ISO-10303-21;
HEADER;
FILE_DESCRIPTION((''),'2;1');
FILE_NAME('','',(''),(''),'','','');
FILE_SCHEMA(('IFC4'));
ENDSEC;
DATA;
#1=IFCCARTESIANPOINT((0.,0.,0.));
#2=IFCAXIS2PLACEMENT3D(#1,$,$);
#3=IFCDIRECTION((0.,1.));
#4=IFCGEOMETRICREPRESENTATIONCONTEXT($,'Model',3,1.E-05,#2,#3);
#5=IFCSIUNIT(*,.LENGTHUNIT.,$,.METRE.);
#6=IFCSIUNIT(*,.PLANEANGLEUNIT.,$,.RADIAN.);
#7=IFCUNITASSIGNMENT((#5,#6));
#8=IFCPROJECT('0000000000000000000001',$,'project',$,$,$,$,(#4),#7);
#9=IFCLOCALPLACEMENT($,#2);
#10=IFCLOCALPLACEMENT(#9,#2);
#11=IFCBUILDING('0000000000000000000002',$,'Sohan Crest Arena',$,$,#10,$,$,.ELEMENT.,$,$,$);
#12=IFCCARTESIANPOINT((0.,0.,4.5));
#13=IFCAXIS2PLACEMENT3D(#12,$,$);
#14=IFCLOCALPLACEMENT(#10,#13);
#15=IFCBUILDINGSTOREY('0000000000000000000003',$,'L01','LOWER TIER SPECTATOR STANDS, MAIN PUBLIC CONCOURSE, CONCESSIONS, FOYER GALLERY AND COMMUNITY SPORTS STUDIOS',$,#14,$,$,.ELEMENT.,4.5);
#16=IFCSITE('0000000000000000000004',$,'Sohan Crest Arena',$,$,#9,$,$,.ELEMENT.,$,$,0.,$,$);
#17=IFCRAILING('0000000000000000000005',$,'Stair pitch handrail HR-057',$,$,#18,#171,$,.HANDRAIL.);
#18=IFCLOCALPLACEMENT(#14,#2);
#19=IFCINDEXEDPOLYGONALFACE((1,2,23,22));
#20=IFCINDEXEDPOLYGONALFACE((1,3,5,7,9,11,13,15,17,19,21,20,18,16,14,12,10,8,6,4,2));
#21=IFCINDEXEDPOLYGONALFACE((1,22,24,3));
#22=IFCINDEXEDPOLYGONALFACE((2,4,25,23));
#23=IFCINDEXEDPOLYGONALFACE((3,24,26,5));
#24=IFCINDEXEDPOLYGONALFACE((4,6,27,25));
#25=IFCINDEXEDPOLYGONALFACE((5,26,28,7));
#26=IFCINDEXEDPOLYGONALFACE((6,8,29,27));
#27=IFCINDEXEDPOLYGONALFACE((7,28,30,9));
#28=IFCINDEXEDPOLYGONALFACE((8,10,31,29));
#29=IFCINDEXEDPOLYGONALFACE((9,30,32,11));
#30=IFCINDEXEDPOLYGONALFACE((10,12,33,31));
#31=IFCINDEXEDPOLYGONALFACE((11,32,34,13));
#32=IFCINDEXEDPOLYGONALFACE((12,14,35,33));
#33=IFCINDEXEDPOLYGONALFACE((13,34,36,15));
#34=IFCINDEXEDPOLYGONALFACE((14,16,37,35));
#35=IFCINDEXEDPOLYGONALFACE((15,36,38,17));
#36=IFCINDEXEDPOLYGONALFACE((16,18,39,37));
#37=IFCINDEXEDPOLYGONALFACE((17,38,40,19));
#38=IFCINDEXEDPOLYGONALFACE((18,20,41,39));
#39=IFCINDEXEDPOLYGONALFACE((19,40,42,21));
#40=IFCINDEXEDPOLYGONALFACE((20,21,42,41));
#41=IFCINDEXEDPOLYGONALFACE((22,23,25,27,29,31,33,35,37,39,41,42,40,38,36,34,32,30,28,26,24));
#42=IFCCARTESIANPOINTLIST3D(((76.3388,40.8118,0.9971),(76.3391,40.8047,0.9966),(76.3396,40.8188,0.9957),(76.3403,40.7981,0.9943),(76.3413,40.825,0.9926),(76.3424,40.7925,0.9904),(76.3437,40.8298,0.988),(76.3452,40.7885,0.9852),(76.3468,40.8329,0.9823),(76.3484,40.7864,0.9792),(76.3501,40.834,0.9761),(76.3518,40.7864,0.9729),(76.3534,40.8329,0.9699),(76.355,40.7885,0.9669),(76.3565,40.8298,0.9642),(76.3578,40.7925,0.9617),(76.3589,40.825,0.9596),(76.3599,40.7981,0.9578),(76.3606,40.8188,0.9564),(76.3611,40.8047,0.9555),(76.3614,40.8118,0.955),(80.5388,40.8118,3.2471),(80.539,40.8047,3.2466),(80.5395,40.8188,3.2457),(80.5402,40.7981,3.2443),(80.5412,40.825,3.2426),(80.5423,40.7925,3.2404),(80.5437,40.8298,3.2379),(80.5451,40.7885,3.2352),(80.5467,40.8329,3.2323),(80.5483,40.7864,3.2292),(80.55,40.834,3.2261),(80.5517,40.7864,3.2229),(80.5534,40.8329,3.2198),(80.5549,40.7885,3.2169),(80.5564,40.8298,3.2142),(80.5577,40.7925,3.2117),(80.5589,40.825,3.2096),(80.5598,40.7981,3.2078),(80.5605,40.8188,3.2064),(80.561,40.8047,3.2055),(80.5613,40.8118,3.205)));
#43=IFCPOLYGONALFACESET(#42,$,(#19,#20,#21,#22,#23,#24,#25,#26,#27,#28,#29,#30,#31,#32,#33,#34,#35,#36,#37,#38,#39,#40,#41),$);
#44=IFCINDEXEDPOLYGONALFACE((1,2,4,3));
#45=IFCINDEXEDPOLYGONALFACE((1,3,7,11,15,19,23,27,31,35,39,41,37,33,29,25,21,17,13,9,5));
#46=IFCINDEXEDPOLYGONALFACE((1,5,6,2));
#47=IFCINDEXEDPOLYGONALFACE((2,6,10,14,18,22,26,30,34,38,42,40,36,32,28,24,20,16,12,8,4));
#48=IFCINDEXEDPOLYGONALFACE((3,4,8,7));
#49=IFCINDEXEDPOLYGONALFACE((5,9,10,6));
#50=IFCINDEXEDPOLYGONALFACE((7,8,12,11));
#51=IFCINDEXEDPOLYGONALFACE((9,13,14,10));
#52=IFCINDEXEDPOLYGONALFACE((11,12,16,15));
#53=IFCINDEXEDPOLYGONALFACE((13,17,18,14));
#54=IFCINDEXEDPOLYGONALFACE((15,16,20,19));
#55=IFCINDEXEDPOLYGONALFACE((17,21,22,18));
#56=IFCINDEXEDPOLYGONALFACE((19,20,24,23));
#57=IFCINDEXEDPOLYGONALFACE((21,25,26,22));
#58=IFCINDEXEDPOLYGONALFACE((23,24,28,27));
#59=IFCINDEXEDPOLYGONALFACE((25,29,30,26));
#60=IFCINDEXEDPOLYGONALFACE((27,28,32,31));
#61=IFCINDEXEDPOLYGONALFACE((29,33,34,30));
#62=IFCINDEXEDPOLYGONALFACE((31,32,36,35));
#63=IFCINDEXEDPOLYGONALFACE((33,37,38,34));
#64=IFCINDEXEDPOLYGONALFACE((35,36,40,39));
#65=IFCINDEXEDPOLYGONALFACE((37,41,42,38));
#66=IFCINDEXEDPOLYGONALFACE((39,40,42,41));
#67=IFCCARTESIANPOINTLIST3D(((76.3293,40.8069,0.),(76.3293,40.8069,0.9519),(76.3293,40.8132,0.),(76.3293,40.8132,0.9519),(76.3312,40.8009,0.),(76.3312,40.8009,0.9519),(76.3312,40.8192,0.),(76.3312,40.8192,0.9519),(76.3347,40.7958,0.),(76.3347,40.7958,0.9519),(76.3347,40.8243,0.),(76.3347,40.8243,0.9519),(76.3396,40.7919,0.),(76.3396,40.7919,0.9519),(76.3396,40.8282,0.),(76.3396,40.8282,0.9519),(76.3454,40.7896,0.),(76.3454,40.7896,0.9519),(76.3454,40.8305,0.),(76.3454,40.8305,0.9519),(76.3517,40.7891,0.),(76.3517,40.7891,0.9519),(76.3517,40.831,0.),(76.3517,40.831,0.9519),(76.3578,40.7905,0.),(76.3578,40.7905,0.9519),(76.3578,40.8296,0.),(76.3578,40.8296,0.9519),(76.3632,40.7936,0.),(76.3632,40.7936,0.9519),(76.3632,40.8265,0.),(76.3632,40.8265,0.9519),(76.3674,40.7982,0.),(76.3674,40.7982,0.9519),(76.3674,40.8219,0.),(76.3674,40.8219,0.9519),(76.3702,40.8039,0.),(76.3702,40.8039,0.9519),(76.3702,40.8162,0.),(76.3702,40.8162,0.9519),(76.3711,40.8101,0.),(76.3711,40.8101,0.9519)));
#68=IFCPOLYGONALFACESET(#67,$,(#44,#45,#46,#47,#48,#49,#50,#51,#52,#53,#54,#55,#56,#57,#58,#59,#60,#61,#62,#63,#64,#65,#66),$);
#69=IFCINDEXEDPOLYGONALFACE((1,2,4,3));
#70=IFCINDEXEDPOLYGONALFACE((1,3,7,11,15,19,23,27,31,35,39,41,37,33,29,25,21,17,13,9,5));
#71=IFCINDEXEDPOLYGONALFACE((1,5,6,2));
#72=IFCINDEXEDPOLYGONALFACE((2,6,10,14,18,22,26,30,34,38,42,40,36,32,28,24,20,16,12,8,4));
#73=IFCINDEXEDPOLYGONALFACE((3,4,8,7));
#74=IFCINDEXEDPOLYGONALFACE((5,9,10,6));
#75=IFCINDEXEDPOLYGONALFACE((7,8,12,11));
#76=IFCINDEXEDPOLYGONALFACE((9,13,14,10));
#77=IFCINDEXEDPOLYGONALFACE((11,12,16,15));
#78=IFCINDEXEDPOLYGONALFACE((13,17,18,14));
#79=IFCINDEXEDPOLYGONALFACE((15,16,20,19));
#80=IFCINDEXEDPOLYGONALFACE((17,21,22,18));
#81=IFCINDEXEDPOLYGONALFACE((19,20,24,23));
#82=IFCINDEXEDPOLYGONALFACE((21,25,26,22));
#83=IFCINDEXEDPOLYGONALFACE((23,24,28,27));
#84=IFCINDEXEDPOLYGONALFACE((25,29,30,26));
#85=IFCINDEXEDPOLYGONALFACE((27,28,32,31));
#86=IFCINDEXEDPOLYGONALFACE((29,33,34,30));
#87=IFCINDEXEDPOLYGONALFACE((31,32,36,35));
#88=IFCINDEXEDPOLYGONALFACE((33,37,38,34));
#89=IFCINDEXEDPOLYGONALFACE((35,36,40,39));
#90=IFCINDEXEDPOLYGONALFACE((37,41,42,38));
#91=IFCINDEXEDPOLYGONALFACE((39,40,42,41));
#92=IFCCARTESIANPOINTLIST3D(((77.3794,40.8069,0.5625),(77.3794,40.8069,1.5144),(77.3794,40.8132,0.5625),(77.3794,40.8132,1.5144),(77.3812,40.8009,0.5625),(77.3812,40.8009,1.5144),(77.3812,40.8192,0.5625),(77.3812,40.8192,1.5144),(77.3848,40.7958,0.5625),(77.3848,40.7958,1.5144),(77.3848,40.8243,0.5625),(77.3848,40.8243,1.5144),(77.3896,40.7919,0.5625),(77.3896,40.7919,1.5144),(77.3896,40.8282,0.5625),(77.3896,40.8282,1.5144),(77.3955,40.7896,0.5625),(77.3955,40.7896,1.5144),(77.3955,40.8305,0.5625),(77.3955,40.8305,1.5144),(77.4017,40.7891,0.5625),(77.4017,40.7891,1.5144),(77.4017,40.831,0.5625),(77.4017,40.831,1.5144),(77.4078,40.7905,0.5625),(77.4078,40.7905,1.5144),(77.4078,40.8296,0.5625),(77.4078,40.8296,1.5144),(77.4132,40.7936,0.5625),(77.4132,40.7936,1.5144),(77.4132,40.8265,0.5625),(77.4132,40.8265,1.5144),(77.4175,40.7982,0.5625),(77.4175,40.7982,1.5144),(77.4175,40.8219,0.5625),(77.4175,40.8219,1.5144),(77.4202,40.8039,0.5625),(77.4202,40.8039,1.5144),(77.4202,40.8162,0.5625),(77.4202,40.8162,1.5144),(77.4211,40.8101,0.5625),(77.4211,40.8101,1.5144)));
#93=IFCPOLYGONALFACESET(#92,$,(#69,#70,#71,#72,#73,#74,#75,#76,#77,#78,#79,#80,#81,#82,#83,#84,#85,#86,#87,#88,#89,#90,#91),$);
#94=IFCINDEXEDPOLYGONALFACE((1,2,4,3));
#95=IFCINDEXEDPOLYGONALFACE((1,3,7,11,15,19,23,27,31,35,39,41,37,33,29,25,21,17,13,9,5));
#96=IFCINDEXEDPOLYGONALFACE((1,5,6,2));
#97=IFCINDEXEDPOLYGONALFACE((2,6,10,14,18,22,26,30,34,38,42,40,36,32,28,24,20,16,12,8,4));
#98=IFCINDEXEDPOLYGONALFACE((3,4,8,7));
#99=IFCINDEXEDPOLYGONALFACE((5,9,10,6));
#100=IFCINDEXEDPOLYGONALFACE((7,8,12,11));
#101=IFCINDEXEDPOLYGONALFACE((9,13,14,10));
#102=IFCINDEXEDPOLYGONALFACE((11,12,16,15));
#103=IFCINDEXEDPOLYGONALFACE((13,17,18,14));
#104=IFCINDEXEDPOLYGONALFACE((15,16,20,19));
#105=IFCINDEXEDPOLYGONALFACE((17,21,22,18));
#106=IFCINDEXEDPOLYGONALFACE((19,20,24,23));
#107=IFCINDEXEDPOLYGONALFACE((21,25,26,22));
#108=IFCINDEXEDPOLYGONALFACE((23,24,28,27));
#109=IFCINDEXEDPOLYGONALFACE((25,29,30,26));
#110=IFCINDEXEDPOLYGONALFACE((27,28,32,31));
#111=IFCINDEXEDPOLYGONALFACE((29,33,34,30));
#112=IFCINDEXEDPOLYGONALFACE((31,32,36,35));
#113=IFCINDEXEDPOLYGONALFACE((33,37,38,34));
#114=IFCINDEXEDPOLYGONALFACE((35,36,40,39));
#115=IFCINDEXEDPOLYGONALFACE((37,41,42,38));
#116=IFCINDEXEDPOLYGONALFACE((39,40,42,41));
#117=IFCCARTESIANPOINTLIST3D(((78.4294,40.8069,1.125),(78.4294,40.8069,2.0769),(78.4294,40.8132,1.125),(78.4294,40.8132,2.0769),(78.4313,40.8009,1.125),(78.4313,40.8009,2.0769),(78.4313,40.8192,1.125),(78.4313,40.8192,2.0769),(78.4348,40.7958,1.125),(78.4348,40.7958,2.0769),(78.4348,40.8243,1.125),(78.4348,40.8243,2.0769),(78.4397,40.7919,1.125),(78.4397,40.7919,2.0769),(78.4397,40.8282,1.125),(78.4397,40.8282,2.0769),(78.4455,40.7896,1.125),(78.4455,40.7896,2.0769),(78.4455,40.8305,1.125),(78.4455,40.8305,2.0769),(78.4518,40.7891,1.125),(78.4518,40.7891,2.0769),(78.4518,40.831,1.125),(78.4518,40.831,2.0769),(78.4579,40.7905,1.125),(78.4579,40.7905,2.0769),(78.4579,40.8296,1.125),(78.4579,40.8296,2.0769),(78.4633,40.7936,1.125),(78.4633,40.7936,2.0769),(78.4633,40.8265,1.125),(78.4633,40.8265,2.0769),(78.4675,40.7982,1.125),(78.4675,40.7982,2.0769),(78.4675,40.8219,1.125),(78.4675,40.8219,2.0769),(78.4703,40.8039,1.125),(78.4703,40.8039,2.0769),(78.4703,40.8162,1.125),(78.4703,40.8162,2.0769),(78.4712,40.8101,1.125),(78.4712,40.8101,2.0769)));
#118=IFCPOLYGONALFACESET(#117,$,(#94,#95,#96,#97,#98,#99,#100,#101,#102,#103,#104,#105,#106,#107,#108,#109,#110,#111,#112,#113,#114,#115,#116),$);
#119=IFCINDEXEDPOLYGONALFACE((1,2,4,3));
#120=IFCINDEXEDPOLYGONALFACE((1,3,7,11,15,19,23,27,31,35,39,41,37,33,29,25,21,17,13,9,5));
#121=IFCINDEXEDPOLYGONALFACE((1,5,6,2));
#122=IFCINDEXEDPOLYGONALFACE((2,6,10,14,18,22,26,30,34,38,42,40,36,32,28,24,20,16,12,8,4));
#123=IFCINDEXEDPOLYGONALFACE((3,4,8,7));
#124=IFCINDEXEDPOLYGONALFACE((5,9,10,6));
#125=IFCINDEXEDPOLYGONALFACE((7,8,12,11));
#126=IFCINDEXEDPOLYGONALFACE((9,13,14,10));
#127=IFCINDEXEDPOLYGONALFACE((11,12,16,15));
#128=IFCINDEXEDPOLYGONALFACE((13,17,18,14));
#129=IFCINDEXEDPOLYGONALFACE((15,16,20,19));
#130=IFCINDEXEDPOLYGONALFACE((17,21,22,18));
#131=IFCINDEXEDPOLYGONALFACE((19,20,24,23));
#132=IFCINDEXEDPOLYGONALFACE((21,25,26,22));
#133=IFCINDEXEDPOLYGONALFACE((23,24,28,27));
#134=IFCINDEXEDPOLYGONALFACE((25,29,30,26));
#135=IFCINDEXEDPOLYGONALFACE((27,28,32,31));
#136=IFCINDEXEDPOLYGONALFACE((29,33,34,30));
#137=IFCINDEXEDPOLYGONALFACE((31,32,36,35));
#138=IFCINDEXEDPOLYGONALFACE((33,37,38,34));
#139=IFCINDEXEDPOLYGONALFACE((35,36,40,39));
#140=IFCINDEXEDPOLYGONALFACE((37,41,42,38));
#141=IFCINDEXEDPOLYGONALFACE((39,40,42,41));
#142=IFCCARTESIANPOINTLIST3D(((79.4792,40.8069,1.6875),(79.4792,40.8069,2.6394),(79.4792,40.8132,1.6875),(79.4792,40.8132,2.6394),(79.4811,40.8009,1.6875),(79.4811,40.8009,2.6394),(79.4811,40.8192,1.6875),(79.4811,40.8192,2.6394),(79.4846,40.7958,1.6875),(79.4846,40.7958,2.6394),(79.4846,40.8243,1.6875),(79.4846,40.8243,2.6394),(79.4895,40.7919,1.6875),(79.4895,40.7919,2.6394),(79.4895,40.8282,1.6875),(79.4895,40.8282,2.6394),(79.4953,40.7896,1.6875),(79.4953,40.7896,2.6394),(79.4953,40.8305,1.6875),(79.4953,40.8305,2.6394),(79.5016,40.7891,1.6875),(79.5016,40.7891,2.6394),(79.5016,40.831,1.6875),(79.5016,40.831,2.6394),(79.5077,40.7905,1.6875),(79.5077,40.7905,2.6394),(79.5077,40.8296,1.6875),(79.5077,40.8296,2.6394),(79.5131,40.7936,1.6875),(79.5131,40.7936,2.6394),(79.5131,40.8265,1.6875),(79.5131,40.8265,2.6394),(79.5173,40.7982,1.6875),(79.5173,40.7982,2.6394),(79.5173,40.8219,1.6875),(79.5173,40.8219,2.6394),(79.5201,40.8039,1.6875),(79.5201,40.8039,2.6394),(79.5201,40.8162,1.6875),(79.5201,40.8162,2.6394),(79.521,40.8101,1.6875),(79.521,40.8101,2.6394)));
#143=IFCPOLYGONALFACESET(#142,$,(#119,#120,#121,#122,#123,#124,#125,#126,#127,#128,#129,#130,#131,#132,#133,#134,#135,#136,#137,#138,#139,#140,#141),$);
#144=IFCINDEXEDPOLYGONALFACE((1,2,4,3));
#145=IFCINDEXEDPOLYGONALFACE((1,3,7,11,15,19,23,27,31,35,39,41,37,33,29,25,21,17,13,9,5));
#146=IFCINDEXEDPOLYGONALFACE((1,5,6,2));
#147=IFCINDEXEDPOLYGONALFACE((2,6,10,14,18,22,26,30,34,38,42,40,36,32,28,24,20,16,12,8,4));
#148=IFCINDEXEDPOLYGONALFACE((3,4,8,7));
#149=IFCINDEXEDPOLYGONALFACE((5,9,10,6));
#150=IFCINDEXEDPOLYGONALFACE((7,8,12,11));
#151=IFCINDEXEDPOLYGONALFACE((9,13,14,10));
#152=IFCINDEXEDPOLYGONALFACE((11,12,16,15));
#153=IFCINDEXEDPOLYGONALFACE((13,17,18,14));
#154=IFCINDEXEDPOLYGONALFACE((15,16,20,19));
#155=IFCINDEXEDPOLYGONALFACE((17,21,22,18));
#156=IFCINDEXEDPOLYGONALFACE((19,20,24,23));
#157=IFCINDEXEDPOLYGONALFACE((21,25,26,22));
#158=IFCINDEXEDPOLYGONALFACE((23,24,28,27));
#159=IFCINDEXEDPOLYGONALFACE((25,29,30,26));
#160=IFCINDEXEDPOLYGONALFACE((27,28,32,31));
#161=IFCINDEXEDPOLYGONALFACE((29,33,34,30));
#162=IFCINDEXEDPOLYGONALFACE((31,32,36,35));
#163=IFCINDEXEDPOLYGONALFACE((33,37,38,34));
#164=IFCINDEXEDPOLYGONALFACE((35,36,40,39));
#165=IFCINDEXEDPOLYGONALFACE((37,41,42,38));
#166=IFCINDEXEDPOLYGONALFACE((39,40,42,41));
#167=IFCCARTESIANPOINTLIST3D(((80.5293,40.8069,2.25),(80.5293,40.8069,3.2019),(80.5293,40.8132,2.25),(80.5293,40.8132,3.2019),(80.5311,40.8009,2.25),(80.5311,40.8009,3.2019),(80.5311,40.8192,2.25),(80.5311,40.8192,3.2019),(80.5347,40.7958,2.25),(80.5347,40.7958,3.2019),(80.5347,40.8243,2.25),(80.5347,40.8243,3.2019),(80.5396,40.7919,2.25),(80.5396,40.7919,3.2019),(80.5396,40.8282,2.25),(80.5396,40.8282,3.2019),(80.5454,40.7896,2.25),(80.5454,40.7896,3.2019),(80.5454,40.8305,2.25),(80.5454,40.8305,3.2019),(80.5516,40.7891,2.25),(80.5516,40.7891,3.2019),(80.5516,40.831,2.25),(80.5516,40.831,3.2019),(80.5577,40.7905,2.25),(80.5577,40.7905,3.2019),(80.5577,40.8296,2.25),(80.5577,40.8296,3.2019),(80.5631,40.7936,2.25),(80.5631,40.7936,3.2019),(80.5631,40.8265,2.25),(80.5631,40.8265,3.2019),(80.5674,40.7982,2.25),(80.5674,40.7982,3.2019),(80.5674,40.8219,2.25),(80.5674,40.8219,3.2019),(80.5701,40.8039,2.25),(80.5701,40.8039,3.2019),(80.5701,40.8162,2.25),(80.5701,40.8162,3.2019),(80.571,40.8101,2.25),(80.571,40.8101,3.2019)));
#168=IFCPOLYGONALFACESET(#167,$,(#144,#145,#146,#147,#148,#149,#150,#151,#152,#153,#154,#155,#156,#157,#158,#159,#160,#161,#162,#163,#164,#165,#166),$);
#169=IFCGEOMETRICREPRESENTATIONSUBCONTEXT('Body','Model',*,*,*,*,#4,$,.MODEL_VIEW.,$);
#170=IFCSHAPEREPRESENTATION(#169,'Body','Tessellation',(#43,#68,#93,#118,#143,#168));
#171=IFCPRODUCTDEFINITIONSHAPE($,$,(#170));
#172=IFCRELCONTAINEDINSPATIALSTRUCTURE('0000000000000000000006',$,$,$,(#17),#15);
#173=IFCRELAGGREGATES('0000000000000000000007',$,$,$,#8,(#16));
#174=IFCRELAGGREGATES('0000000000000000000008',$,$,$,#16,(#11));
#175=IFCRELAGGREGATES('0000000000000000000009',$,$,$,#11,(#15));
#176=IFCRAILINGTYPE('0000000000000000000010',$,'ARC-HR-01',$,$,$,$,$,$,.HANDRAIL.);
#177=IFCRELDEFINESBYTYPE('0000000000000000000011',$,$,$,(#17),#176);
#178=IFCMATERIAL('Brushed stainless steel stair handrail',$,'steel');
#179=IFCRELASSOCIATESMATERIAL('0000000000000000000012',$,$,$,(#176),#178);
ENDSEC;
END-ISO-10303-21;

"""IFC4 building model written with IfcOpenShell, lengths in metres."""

from ifc_helpers import new_model, si_unit, direction, frame, origin, origin_2d, place, context, subcontext, project, spatial, circle, extrude, material, type_object, element, save


model = new_model("IFC4")

# Units and contexts
model_context = context("Model", 3, precision=1e-05, world=origin(), true_north=direction((0.0, 1.0)))
body_context = subcontext(model_context, "Body", "Model", "MODEL_VIEW")
ifc_project = project(units=[si_unit("LENGTHUNIT", "METRE"), si_unit("PLANEANGLEUNIT", "RADIAN")], contexts=[model_context])

# Site, building, storey
site_placement = place(None, origin())
site = spatial("IfcSite", under=ifc_project, at=site_placement, Name="Sohan Crest Arena", CompositionType="ELEMENT", RefElevation=0.0)
building_placement = place(site_placement, origin())
building = spatial("IfcBuilding", under=site, at=building_placement, Name="Sohan Crest Arena", CompositionType="ELEMENT")
storey_placement = place(building_placement, frame((0.0, 0.0, 4.5)))
storey = spatial("IfcBuildingStorey", under=building, at=storey_placement, Name="L01", Description="LOWER TIER SPECTATOR STANDS, MAIN PUBLIC CONCOURSE, CONCESSIONS, FOYER GALLERY AND COMMUNITY SPORTS STUDIOS", CompositionType="ELEMENT", Elevation=4.5)

# Railing
ifc_material_1 = material(Name="Brushed stainless steel stair handrail", Category="steel")
railing_type_1 = type_object("IfcRailingType", Name="ARC-HR-01", PredefinedType="HANDRAIL", material=ifc_material_1)
for number, where, name in (
    (1, (76.3501, 40.8101, 0.0), "Stair pitch handrail HR-057"),
):
    element("IfcRailing", number, at=place(storey_placement, frame(where)), inside=storey, type_object=railing_type_1, Name=name, PredefinedType="HANDRAIL", context=body_context, shape_type="SweptSolid", body=[
        extrude(circle(Radius=0.0239, at=origin_2d()), frame((0.0, 0.0, 0.9761), z_axis=(0.881478, 0.0, 0.472226), x_axis=(0.0, 1.0, 0.0)), (0.0, 0.0, 1.0), 4.7646),
        extrude(circle(Radius=0.021, at=origin_2d()), origin(), (0.0, 0.0, 1.0), 0.9519),
        extrude(circle(Radius=0.021, at=origin_2d()), frame((1.05, 0.0, 0.5625)), (0.0, 0.0, 1.0), 0.9519),
        extrude(circle(Radius=0.021, at=origin_2d()), frame((2.1001, 0.0, 1.125)), (0.0, 0.0, 1.0), 0.9519),
        extrude(circle(Radius=0.021, at=origin_2d()), frame((3.1499, 0.0, 1.6875)), (0.0, 0.0, 1.0), 0.9519),
        extrude(circle(Radius=0.021, at=origin_2d()), frame((4.2, 0.0, 2.25)), (0.0, 0.0, 1.0), 0.9519),
    ])

save(model, "model.ifc")
